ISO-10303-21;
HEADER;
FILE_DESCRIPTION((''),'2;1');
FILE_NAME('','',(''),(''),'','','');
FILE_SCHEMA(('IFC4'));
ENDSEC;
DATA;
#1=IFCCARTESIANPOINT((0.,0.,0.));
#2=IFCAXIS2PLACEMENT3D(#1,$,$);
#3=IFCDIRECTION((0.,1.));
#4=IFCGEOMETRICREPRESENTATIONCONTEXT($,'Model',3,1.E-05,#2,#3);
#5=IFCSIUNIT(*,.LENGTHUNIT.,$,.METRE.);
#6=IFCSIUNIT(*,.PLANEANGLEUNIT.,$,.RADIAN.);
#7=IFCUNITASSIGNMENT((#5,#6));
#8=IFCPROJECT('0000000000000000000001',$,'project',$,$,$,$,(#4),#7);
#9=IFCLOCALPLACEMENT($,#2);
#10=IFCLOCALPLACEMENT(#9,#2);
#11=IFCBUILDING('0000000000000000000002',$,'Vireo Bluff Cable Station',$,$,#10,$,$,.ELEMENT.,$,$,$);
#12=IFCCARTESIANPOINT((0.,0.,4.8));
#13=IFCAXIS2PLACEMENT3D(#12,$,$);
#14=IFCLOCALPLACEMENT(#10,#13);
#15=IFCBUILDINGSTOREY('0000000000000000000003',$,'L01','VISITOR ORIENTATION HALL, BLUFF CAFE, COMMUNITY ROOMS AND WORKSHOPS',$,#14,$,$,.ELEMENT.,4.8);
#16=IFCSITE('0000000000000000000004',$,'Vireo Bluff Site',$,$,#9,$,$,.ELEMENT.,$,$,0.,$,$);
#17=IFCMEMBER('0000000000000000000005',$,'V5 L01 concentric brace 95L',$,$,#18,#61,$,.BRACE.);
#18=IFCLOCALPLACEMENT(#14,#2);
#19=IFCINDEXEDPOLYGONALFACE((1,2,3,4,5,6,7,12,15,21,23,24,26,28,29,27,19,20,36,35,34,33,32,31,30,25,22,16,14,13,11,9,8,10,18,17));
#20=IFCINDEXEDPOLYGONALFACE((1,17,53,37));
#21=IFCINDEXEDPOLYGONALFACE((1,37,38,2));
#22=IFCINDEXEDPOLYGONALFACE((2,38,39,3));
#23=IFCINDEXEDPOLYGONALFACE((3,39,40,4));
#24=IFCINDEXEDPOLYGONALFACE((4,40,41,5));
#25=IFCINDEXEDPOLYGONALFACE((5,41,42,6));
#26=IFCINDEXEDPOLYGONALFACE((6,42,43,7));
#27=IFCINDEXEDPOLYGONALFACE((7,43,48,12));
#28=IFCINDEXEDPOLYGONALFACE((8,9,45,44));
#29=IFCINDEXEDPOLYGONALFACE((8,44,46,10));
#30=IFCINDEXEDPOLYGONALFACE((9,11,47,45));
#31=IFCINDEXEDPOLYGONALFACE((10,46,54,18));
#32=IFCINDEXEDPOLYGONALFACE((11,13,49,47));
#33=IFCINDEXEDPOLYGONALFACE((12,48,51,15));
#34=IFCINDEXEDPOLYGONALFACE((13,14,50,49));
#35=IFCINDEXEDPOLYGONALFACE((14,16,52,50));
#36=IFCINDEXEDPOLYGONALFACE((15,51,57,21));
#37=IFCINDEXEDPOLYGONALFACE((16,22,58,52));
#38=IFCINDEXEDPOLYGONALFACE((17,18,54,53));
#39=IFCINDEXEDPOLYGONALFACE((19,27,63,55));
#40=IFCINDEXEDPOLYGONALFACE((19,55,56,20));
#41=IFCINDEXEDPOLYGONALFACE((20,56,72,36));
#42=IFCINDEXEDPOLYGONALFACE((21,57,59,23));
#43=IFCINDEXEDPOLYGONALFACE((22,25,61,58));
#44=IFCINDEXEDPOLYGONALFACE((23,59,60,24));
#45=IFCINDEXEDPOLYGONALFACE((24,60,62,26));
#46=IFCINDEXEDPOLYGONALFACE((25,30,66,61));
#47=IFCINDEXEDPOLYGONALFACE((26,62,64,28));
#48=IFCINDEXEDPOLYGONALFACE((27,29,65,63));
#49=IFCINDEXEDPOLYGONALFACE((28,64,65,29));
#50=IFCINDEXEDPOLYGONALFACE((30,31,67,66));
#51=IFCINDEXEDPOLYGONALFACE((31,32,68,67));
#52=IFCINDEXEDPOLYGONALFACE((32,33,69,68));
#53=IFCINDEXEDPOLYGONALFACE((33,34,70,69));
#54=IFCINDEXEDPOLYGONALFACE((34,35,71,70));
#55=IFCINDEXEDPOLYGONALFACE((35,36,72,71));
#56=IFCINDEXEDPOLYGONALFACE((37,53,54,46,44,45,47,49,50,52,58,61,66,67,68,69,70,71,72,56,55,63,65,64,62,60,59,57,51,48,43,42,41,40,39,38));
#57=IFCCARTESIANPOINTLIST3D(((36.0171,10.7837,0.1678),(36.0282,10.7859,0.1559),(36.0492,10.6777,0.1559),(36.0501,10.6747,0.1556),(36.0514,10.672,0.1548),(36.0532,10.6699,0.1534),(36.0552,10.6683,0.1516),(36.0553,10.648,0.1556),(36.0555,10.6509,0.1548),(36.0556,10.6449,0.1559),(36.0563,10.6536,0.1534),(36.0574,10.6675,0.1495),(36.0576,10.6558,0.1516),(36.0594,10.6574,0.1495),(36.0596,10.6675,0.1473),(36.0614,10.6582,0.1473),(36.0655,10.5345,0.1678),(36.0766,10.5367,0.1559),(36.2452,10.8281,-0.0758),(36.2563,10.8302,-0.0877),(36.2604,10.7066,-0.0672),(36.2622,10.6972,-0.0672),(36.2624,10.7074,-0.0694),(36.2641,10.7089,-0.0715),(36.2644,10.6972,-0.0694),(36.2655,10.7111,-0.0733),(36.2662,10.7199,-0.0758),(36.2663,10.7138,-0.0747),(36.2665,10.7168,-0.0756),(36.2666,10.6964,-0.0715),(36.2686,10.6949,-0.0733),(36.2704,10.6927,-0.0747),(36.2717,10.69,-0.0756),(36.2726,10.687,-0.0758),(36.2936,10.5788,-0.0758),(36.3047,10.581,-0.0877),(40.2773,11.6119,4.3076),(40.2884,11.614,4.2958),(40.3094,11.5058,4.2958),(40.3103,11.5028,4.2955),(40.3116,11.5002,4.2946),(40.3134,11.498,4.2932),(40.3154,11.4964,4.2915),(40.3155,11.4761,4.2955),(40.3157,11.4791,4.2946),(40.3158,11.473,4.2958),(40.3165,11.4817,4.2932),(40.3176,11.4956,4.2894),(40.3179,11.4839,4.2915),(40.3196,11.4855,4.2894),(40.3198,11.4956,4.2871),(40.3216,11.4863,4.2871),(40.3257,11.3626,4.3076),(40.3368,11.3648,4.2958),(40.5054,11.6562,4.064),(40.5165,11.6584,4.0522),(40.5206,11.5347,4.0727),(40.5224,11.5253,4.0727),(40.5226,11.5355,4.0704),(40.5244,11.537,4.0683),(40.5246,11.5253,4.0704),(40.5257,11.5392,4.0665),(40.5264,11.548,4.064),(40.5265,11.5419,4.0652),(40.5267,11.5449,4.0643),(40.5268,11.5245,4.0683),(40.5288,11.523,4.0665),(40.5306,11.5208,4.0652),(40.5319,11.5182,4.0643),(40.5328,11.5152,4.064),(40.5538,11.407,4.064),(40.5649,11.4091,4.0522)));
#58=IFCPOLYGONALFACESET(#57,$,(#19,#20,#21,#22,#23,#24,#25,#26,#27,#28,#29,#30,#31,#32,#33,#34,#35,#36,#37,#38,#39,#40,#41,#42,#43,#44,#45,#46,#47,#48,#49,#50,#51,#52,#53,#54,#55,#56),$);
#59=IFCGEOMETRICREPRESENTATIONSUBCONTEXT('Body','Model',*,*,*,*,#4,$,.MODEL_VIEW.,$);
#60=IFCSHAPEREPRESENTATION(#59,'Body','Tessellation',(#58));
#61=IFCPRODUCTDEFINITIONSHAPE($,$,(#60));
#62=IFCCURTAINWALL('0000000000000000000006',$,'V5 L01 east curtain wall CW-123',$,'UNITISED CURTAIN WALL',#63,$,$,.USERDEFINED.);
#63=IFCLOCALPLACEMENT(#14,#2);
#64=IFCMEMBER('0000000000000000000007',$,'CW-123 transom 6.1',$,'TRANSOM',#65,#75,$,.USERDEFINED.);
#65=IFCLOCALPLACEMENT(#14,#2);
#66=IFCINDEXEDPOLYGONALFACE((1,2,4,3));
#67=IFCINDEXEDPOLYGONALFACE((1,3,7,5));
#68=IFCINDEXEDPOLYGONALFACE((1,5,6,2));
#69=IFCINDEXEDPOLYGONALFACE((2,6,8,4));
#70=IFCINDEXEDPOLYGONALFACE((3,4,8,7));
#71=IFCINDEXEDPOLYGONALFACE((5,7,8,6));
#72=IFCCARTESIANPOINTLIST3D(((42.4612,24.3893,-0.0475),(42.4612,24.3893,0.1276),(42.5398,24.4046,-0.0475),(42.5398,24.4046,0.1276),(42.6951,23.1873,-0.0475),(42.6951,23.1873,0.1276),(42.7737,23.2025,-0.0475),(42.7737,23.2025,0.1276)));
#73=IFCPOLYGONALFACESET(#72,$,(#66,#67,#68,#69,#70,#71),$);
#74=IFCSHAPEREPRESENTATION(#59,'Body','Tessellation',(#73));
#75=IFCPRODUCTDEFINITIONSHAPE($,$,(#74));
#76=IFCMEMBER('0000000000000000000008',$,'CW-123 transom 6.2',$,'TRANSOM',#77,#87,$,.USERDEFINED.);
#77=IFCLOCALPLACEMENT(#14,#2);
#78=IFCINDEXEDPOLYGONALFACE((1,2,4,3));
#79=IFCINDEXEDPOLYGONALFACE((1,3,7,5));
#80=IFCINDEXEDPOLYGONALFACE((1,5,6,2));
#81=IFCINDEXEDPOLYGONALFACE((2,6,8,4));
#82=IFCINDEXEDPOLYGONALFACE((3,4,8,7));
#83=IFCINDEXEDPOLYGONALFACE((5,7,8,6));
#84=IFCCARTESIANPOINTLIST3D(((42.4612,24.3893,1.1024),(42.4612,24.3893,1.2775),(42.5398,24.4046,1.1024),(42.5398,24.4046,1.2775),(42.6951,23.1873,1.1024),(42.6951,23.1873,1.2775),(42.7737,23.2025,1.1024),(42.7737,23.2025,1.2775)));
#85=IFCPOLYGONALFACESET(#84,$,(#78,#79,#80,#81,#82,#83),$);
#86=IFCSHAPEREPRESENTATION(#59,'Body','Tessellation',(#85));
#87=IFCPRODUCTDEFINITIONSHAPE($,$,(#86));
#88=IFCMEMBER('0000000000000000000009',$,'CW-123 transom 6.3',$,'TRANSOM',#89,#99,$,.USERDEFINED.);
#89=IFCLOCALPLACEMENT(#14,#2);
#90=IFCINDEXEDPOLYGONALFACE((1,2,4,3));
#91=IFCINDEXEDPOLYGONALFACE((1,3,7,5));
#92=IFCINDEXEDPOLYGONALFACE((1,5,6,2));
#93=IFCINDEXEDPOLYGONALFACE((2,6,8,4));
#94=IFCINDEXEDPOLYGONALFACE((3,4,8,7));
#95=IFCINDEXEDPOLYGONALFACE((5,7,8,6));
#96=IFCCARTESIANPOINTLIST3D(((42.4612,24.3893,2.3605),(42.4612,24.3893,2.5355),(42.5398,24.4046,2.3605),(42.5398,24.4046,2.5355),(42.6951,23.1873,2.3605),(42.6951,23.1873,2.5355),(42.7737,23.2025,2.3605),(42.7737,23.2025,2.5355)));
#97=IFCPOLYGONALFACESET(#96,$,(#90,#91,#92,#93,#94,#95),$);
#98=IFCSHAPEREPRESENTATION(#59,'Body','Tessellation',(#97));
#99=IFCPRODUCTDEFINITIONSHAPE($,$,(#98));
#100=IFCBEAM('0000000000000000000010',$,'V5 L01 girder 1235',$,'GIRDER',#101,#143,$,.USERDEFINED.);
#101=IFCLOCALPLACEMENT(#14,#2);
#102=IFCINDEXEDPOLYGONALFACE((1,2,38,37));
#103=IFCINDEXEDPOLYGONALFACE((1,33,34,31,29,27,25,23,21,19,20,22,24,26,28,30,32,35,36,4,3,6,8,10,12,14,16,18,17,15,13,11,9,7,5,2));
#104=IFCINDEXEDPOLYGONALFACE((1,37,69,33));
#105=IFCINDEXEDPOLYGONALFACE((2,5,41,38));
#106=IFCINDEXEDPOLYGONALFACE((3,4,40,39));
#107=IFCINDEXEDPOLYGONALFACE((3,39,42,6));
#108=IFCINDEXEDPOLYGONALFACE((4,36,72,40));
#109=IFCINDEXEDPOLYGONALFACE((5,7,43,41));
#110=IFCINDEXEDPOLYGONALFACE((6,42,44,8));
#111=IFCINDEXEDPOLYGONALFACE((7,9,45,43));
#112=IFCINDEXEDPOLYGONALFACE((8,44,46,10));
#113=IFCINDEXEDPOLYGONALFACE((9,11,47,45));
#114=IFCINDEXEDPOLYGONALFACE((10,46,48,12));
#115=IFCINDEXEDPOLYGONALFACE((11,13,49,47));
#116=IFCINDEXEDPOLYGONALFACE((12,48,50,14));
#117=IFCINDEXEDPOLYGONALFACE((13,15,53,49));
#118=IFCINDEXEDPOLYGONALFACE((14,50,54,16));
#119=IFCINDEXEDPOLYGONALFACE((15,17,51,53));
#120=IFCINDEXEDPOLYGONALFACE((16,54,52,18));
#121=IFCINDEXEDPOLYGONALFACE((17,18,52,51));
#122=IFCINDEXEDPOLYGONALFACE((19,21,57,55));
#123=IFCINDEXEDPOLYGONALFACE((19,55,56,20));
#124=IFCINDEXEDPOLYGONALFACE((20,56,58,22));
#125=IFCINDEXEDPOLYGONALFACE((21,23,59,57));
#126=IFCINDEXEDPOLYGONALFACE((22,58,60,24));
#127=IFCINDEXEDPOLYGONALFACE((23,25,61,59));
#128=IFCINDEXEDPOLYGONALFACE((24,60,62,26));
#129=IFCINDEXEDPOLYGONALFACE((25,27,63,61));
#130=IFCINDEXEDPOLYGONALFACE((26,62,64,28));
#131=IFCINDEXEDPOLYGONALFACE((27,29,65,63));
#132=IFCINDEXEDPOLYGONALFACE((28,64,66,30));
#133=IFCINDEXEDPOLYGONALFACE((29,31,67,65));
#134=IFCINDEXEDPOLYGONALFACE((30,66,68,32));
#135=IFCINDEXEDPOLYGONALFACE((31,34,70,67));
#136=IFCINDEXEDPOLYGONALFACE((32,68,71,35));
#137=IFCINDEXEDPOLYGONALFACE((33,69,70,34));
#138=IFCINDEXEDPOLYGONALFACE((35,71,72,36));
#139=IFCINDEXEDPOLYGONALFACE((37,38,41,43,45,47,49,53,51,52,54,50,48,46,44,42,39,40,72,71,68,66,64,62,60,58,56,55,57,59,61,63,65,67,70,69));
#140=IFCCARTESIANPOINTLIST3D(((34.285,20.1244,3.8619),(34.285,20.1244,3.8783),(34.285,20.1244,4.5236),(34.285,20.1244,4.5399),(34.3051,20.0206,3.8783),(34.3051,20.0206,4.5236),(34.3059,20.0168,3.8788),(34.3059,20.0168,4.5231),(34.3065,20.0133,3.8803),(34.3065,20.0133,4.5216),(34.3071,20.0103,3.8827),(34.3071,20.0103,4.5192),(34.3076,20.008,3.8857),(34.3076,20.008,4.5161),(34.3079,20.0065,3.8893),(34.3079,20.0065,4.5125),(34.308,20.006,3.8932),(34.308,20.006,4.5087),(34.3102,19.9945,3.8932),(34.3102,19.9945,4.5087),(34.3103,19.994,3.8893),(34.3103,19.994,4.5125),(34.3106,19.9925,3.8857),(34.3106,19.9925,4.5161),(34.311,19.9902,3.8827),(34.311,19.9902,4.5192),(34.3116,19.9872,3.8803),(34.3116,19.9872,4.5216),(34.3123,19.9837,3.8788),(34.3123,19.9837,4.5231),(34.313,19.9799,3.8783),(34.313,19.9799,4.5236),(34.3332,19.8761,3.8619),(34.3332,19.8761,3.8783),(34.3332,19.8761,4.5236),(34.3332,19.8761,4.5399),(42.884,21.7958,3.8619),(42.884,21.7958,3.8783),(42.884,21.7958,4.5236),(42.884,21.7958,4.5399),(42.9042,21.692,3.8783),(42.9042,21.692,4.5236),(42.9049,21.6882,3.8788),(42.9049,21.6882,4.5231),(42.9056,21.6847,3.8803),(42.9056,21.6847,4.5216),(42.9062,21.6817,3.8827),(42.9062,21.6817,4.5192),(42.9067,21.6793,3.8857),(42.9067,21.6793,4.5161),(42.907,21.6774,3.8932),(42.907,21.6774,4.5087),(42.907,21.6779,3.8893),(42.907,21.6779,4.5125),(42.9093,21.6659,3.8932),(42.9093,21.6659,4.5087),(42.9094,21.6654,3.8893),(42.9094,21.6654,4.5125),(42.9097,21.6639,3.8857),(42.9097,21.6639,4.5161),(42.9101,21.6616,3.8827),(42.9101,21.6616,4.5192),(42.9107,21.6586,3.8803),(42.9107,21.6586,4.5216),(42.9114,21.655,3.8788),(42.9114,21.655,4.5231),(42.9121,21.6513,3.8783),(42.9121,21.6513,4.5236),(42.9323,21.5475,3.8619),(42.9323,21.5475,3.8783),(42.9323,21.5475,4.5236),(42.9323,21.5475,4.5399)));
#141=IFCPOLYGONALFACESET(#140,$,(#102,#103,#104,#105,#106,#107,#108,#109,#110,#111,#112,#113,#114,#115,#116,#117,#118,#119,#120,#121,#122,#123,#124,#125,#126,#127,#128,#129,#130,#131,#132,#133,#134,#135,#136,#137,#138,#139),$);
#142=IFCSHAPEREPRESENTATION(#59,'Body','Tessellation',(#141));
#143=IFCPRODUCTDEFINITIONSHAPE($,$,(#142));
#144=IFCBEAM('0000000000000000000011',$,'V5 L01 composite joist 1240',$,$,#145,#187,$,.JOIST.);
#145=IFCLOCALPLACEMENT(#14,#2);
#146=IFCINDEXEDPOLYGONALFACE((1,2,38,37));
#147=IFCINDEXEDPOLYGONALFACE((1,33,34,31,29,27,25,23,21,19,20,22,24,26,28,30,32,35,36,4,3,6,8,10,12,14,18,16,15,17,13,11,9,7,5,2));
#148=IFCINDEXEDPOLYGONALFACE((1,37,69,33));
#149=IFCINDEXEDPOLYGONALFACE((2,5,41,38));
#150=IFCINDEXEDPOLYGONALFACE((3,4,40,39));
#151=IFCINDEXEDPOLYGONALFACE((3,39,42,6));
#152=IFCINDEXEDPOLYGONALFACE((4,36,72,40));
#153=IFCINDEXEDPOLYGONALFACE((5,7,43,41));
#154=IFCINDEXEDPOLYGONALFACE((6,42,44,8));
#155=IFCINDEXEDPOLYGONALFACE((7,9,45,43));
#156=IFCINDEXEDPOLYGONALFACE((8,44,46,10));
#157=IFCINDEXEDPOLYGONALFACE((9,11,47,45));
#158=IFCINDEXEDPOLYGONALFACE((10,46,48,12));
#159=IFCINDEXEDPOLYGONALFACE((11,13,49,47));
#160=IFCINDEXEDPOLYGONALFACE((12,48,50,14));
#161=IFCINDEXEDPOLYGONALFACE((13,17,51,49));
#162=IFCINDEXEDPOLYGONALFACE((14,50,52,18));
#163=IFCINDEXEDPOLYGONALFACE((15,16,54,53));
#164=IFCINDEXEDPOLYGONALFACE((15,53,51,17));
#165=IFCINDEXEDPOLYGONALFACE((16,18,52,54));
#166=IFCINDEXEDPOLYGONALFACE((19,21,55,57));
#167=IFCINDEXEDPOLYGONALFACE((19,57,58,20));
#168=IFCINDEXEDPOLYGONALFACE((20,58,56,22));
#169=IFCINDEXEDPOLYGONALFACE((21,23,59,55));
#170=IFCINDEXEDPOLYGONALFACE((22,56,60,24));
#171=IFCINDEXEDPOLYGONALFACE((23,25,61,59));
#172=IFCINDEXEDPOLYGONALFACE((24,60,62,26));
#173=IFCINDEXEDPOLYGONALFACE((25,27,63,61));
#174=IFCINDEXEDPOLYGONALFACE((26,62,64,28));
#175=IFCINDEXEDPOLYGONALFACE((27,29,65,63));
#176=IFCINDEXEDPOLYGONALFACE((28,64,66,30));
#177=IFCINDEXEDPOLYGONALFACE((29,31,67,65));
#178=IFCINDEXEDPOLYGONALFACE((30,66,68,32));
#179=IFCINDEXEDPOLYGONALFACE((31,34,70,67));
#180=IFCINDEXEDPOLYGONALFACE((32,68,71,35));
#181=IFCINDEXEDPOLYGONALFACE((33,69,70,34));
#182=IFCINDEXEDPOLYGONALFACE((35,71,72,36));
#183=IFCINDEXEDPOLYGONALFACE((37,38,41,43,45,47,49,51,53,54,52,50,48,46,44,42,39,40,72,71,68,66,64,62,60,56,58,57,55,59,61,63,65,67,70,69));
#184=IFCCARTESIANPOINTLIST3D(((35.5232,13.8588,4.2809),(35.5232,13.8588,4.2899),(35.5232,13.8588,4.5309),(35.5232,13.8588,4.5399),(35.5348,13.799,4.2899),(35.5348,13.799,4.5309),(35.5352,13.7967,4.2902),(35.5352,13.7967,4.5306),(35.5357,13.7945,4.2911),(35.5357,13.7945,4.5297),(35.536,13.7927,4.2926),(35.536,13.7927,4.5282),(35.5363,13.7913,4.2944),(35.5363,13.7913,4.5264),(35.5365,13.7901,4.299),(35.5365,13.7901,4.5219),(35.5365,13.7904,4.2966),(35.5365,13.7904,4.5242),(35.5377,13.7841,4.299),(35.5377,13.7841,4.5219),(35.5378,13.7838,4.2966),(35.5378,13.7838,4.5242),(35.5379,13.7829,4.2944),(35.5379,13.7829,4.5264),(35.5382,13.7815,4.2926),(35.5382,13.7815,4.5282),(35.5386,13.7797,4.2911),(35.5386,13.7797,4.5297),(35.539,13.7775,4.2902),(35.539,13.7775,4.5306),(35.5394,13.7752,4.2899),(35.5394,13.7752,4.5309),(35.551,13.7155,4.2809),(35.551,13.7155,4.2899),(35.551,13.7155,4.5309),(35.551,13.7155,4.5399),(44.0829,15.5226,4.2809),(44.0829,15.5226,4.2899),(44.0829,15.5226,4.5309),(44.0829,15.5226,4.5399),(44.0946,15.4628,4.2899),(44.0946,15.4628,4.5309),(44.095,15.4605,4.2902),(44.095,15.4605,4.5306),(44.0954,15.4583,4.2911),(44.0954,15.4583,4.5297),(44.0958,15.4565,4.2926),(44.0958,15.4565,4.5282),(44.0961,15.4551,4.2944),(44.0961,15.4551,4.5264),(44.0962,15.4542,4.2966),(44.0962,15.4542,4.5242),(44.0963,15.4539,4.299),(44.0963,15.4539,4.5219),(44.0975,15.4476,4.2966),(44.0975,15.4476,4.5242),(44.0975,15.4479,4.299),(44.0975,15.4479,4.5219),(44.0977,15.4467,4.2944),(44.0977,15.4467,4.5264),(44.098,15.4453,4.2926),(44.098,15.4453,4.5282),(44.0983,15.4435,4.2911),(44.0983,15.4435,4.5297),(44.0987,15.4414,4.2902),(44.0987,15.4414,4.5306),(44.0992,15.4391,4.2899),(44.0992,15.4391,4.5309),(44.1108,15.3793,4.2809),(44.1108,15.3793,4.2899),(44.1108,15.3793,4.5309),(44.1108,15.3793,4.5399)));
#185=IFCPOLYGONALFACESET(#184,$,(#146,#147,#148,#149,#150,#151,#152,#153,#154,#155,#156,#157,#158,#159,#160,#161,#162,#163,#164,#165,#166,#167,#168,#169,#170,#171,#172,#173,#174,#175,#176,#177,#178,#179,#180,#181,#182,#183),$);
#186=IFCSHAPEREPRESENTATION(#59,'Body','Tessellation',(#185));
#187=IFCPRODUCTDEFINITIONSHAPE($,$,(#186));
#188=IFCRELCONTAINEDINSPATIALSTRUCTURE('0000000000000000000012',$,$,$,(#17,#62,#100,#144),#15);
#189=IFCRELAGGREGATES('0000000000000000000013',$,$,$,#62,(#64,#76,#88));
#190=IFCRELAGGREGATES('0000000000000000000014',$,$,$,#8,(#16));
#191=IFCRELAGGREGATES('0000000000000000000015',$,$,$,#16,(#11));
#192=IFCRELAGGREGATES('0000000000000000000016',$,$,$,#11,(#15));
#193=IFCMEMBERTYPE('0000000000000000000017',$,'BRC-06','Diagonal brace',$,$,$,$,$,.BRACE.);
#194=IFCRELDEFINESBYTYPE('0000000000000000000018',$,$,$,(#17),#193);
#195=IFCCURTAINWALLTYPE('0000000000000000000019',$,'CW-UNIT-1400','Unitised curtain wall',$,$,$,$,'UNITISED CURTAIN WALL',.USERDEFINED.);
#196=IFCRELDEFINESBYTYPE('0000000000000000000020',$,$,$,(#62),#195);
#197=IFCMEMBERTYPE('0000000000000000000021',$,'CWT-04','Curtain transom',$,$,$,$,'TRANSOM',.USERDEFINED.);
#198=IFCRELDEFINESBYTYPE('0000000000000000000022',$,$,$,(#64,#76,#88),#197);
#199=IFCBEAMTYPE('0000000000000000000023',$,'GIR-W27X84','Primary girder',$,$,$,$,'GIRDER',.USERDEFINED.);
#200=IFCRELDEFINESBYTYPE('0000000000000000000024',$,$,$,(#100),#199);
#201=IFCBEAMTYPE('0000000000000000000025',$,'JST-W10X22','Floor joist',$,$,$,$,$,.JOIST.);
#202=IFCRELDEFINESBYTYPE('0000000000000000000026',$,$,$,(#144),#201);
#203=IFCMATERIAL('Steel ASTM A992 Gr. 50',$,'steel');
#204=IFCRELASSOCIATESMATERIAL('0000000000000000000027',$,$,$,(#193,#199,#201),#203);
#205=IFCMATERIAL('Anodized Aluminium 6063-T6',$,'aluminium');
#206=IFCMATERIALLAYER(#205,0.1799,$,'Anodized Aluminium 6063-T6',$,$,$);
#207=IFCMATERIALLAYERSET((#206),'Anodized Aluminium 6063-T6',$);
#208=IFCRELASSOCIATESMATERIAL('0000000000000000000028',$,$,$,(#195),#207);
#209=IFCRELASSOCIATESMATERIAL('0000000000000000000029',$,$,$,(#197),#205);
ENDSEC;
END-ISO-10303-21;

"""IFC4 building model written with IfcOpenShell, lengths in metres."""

from ifc_helpers import new_model, si_unit, direction, frame, origin, origin_2d, place, context, subcontext, project, spatial, rectangle, i_section, extrude, material, layer, layer_set, material_profile, profile_set, type_object, element, aggregate, save


model = new_model("IFC4")

# Units and contexts
model_context = context("Model", 3, precision=1e-05, world=origin(), true_north=direction((0.0, 1.0)))
body_context = subcontext(model_context, "Body", "Model", "MODEL_VIEW")
ifc_project = project(units=[si_unit("LENGTHUNIT", "METRE"), si_unit("PLANEANGLEUNIT", "RADIAN")], contexts=[model_context])

# Site, building, storey
site_placement = place(None, origin())
site = spatial("IfcSite", under=ifc_project, at=site_placement, Name="Vireo Bluff Site", CompositionType="ELEMENT", RefElevation=0.0)
building_placement = place(site_placement, origin())
building = spatial("IfcBuilding", under=site, at=building_placement, Name="Vireo Bluff Cable Station", CompositionType="ELEMENT")
storey_placement = place(building_placement, frame((0.0, 0.0, 4.8)))
storey = spatial("IfcBuildingStorey", under=building, at=storey_placement, Name="L01", Description="VISITOR ORIENTATION HALL, BLUFF CAFE, COMMUNITY ROOMS AND WORKSHOPS", CompositionType="ELEMENT", Elevation=4.8)

# Shared definitions
ifc_material_1 = material(Name="Steel ASTM A992 Gr. 50", Category="steel")

# Member
ifc_material_profile_1 = material_profile(ifc_material_1, i_section(OverallWidth=0.2539, OverallDepth=0.353, WebThickness=0.0095, FlangeThickness=0.0164, FilletRadius=0.012, at=origin_2d()), Name="W14X61")
ifc_profile_set_1 = profile_set([ifc_material_profile_1], Name="Steel ASTM A992 Gr. 50")
member_type_1 = type_object("IfcMemberType", Name="BRC-06", Description="Diagonal brace", PredefinedType="BRACE", material=ifc_profile_set_1)
member_1_placement = place(storey_placement, frame((36.1609, 10.6824, 0.04), z_axis=(0.710296, 0.13807, 0.690229), x_axis=(-0.190812, 0.981627, 0.0)))
element("IfcMember", 1, at=member_1_placement, inside=storey, type_object=member_type_1, Name="V5 L01 concentric brace 95L", PredefinedType="BRACE", context=body_context, shape_type="SweptSolid", body=[
    extrude(i_section(OverallWidth=0.2539, OverallDepth=0.353, WebThickness=0.0095, FlangeThickness=0.0164, FilletRadius=0.012, at=origin_2d()), origin(), (0.0, 0.0, 1.0), 5.9978),
])

# Curtain wall, members
ifc_material_2 = material(Name="Anodized Aluminium 6063-T6", Category="aluminium")
ifc_layer_1 = layer(ifc_material_2, 0.1799, Name="Anodized Aluminium 6063-T6")
ifc_layer_set_1 = layer_set([ifc_layer_1], Name="Anodized Aluminium 6063-T6")
curtain_wall_type = type_object("IfcCurtainWallType", Name="CW-UNIT-1400", Description="Unitised curtain wall", ElementType="UNITISED CURTAIN WALL", PredefinedType="USERDEFINED", material=ifc_layer_set_1)
curtain_wall_placement = place(storey_placement, origin())
curtain_wall = element("IfcCurtainWall", 2, at=curtain_wall_placement, inside=storey, type_object=curtain_wall_type, Name="V5 L01 east curtain wall CW-123", ObjectType="UNITISED CURTAIN WALL", PredefinedType="USERDEFINED")
ifc_material_profile_2 = material_profile(ifc_material_2, rectangle(XDim=0.0801, YDim=0.175, at=origin_2d()), Name="ALU-T-80X175")
ifc_profile_set_2 = profile_set([ifc_material_profile_2], Name="Anodized Aluminium 6063-T6")
member_type_2 = type_object("IfcMemberType", Name="CWT-04", Description="Curtain transom", ElementType="TRANSOM", PredefinedType="USERDEFINED", material=ifc_profile_set_2)
member_2_placement = place(storey_placement, frame((42.5005, 24.397, 0.04), z_axis=(0.190976, -0.981595, 0.0), x_axis=(0.981595, 0.190976, 0.0)))
member_2 = element("IfcMember", 3, at=member_2_placement, type_object=member_type_2, Name="CW-123 transom 6.1", ObjectType="TRANSOM", PredefinedType="USERDEFINED", context=body_context, shape_type="SweptSolid", body=[
    extrude(rectangle(XDim=0.0801, YDim=0.175, at=origin_2d()), origin(), (0.0, 0.0, 1.0), 1.2246),
])
member_3_placement = place(storey_placement, frame((42.5005, 24.397, 1.1899), z_axis=(0.190976, -0.981595, 0.0), x_axis=(0.981595, 0.190976, 0.0)))
member_3 = element("IfcMember", 4, at=member_3_placement, type_object=member_type_2, Name="CW-123 transom 6.2", ObjectType="TRANSOM", PredefinedType="USERDEFINED", context=body_context, shape_type="SweptSolid", body=[
    extrude(rectangle(XDim=0.0801, YDim=0.175, at=origin_2d()), origin(), (0.0, 0.0, 1.0), 1.2246),
])
member_4_placement = place(storey_placement, frame((42.5005, 24.397, 2.448), z_axis=(0.190976, -0.981595, 0.0), x_axis=(0.981595, 0.190976, 0.0)))
member_4 = element("IfcMember", 5, at=member_4_placement, type_object=member_type_2, Name="CW-123 transom 6.3", ObjectType="TRANSOM", PredefinedType="USERDEFINED", context=body_context, shape_type="SweptSolid", body=[
    extrude(rectangle(XDim=0.0801, YDim=0.175, at=origin_2d()), origin(), (0.0, 0.0, 1.0), 1.2246),
])
aggregate(curtain_wall, [member_2, member_3, member_4])

# Beams
ifc_material_profile_3 = material_profile(ifc_material_1, i_section(OverallWidth=0.2529, OverallDepth=0.678, WebThickness=0.0117, FlangeThickness=0.0164, FilletRadius=0.0149, at=origin_2d()), Name="W27X84")
ifc_profile_set_3 = profile_set([ifc_material_profile_3], Name="Steel ASTM A992 Gr. 50")
beam_type_1 = type_object("IfcBeamType", Name="GIR-W27X84", Description="Primary girder", ElementType="GIRDER", PredefinedType="USERDEFINED", material=ifc_profile_set_3)
beam_1_placement = place(storey_placement, frame((34.3091, 20.0002, 4.2009), z_axis=(0.98163, 0.190797, 0.0), x_axis=(-0.190797, 0.98163, 0.0)))
element("IfcBeam", 6, at=beam_1_placement, inside=storey, type_object=beam_type_1, Name="V5 L01 girder 1235", ObjectType="GIRDER", PredefinedType="USERDEFINED", context=body_context, shape_type="SweptSolid", body=[
    extrude(i_section(OverallWidth=0.2529, OverallDepth=0.678, WebThickness=0.0117, FlangeThickness=0.0164, FilletRadius=0.0149, at=origin_2d()), origin(), (0.0, 0.0, 1.0), 8.76),
])
ifc_material_profile_4 = material_profile(ifc_material_1, i_section(OverallWidth=0.146, OverallDepth=0.259, WebThickness=0.0061, FlangeThickness=0.009, FilletRadius=0.009, at=origin_2d()), Name="W10X22")
ifc_profile_set_4 = profile_set([ifc_material_profile_4], Name="Steel ASTM A992 Gr. 50")
beam_type_2 = type_object("IfcBeamType", Name="JST-W10X22", Description="Floor joist", PredefinedType="JOIST", material=ifc_profile_set_4)
for number, where, z_axis, x_axis, name in (
    (7, (35.5371, 13.7871, 4.4104), (0.981628, 0.190804, 0.0), (-0.190804, 0.981628, 0.0), "V5 L01 composite joist 1240"),
):
    element("IfcBeam", number, at=place(storey_placement, frame(where, z_axis=z_axis, x_axis=x_axis)), inside=storey, type_object=beam_type_2, Name=name, PredefinedType="JOIST", context=body_context, shape_type="SweptSolid", body=[
        extrude(i_section(OverallWidth=0.146, OverallDepth=0.259, WebThickness=0.0061, FlangeThickness=0.009, FilletRadius=0.009, at=origin_2d()), origin(), (0.0, 0.0, 1.0), 8.72),
    ])

save(model, "model.ifc")
